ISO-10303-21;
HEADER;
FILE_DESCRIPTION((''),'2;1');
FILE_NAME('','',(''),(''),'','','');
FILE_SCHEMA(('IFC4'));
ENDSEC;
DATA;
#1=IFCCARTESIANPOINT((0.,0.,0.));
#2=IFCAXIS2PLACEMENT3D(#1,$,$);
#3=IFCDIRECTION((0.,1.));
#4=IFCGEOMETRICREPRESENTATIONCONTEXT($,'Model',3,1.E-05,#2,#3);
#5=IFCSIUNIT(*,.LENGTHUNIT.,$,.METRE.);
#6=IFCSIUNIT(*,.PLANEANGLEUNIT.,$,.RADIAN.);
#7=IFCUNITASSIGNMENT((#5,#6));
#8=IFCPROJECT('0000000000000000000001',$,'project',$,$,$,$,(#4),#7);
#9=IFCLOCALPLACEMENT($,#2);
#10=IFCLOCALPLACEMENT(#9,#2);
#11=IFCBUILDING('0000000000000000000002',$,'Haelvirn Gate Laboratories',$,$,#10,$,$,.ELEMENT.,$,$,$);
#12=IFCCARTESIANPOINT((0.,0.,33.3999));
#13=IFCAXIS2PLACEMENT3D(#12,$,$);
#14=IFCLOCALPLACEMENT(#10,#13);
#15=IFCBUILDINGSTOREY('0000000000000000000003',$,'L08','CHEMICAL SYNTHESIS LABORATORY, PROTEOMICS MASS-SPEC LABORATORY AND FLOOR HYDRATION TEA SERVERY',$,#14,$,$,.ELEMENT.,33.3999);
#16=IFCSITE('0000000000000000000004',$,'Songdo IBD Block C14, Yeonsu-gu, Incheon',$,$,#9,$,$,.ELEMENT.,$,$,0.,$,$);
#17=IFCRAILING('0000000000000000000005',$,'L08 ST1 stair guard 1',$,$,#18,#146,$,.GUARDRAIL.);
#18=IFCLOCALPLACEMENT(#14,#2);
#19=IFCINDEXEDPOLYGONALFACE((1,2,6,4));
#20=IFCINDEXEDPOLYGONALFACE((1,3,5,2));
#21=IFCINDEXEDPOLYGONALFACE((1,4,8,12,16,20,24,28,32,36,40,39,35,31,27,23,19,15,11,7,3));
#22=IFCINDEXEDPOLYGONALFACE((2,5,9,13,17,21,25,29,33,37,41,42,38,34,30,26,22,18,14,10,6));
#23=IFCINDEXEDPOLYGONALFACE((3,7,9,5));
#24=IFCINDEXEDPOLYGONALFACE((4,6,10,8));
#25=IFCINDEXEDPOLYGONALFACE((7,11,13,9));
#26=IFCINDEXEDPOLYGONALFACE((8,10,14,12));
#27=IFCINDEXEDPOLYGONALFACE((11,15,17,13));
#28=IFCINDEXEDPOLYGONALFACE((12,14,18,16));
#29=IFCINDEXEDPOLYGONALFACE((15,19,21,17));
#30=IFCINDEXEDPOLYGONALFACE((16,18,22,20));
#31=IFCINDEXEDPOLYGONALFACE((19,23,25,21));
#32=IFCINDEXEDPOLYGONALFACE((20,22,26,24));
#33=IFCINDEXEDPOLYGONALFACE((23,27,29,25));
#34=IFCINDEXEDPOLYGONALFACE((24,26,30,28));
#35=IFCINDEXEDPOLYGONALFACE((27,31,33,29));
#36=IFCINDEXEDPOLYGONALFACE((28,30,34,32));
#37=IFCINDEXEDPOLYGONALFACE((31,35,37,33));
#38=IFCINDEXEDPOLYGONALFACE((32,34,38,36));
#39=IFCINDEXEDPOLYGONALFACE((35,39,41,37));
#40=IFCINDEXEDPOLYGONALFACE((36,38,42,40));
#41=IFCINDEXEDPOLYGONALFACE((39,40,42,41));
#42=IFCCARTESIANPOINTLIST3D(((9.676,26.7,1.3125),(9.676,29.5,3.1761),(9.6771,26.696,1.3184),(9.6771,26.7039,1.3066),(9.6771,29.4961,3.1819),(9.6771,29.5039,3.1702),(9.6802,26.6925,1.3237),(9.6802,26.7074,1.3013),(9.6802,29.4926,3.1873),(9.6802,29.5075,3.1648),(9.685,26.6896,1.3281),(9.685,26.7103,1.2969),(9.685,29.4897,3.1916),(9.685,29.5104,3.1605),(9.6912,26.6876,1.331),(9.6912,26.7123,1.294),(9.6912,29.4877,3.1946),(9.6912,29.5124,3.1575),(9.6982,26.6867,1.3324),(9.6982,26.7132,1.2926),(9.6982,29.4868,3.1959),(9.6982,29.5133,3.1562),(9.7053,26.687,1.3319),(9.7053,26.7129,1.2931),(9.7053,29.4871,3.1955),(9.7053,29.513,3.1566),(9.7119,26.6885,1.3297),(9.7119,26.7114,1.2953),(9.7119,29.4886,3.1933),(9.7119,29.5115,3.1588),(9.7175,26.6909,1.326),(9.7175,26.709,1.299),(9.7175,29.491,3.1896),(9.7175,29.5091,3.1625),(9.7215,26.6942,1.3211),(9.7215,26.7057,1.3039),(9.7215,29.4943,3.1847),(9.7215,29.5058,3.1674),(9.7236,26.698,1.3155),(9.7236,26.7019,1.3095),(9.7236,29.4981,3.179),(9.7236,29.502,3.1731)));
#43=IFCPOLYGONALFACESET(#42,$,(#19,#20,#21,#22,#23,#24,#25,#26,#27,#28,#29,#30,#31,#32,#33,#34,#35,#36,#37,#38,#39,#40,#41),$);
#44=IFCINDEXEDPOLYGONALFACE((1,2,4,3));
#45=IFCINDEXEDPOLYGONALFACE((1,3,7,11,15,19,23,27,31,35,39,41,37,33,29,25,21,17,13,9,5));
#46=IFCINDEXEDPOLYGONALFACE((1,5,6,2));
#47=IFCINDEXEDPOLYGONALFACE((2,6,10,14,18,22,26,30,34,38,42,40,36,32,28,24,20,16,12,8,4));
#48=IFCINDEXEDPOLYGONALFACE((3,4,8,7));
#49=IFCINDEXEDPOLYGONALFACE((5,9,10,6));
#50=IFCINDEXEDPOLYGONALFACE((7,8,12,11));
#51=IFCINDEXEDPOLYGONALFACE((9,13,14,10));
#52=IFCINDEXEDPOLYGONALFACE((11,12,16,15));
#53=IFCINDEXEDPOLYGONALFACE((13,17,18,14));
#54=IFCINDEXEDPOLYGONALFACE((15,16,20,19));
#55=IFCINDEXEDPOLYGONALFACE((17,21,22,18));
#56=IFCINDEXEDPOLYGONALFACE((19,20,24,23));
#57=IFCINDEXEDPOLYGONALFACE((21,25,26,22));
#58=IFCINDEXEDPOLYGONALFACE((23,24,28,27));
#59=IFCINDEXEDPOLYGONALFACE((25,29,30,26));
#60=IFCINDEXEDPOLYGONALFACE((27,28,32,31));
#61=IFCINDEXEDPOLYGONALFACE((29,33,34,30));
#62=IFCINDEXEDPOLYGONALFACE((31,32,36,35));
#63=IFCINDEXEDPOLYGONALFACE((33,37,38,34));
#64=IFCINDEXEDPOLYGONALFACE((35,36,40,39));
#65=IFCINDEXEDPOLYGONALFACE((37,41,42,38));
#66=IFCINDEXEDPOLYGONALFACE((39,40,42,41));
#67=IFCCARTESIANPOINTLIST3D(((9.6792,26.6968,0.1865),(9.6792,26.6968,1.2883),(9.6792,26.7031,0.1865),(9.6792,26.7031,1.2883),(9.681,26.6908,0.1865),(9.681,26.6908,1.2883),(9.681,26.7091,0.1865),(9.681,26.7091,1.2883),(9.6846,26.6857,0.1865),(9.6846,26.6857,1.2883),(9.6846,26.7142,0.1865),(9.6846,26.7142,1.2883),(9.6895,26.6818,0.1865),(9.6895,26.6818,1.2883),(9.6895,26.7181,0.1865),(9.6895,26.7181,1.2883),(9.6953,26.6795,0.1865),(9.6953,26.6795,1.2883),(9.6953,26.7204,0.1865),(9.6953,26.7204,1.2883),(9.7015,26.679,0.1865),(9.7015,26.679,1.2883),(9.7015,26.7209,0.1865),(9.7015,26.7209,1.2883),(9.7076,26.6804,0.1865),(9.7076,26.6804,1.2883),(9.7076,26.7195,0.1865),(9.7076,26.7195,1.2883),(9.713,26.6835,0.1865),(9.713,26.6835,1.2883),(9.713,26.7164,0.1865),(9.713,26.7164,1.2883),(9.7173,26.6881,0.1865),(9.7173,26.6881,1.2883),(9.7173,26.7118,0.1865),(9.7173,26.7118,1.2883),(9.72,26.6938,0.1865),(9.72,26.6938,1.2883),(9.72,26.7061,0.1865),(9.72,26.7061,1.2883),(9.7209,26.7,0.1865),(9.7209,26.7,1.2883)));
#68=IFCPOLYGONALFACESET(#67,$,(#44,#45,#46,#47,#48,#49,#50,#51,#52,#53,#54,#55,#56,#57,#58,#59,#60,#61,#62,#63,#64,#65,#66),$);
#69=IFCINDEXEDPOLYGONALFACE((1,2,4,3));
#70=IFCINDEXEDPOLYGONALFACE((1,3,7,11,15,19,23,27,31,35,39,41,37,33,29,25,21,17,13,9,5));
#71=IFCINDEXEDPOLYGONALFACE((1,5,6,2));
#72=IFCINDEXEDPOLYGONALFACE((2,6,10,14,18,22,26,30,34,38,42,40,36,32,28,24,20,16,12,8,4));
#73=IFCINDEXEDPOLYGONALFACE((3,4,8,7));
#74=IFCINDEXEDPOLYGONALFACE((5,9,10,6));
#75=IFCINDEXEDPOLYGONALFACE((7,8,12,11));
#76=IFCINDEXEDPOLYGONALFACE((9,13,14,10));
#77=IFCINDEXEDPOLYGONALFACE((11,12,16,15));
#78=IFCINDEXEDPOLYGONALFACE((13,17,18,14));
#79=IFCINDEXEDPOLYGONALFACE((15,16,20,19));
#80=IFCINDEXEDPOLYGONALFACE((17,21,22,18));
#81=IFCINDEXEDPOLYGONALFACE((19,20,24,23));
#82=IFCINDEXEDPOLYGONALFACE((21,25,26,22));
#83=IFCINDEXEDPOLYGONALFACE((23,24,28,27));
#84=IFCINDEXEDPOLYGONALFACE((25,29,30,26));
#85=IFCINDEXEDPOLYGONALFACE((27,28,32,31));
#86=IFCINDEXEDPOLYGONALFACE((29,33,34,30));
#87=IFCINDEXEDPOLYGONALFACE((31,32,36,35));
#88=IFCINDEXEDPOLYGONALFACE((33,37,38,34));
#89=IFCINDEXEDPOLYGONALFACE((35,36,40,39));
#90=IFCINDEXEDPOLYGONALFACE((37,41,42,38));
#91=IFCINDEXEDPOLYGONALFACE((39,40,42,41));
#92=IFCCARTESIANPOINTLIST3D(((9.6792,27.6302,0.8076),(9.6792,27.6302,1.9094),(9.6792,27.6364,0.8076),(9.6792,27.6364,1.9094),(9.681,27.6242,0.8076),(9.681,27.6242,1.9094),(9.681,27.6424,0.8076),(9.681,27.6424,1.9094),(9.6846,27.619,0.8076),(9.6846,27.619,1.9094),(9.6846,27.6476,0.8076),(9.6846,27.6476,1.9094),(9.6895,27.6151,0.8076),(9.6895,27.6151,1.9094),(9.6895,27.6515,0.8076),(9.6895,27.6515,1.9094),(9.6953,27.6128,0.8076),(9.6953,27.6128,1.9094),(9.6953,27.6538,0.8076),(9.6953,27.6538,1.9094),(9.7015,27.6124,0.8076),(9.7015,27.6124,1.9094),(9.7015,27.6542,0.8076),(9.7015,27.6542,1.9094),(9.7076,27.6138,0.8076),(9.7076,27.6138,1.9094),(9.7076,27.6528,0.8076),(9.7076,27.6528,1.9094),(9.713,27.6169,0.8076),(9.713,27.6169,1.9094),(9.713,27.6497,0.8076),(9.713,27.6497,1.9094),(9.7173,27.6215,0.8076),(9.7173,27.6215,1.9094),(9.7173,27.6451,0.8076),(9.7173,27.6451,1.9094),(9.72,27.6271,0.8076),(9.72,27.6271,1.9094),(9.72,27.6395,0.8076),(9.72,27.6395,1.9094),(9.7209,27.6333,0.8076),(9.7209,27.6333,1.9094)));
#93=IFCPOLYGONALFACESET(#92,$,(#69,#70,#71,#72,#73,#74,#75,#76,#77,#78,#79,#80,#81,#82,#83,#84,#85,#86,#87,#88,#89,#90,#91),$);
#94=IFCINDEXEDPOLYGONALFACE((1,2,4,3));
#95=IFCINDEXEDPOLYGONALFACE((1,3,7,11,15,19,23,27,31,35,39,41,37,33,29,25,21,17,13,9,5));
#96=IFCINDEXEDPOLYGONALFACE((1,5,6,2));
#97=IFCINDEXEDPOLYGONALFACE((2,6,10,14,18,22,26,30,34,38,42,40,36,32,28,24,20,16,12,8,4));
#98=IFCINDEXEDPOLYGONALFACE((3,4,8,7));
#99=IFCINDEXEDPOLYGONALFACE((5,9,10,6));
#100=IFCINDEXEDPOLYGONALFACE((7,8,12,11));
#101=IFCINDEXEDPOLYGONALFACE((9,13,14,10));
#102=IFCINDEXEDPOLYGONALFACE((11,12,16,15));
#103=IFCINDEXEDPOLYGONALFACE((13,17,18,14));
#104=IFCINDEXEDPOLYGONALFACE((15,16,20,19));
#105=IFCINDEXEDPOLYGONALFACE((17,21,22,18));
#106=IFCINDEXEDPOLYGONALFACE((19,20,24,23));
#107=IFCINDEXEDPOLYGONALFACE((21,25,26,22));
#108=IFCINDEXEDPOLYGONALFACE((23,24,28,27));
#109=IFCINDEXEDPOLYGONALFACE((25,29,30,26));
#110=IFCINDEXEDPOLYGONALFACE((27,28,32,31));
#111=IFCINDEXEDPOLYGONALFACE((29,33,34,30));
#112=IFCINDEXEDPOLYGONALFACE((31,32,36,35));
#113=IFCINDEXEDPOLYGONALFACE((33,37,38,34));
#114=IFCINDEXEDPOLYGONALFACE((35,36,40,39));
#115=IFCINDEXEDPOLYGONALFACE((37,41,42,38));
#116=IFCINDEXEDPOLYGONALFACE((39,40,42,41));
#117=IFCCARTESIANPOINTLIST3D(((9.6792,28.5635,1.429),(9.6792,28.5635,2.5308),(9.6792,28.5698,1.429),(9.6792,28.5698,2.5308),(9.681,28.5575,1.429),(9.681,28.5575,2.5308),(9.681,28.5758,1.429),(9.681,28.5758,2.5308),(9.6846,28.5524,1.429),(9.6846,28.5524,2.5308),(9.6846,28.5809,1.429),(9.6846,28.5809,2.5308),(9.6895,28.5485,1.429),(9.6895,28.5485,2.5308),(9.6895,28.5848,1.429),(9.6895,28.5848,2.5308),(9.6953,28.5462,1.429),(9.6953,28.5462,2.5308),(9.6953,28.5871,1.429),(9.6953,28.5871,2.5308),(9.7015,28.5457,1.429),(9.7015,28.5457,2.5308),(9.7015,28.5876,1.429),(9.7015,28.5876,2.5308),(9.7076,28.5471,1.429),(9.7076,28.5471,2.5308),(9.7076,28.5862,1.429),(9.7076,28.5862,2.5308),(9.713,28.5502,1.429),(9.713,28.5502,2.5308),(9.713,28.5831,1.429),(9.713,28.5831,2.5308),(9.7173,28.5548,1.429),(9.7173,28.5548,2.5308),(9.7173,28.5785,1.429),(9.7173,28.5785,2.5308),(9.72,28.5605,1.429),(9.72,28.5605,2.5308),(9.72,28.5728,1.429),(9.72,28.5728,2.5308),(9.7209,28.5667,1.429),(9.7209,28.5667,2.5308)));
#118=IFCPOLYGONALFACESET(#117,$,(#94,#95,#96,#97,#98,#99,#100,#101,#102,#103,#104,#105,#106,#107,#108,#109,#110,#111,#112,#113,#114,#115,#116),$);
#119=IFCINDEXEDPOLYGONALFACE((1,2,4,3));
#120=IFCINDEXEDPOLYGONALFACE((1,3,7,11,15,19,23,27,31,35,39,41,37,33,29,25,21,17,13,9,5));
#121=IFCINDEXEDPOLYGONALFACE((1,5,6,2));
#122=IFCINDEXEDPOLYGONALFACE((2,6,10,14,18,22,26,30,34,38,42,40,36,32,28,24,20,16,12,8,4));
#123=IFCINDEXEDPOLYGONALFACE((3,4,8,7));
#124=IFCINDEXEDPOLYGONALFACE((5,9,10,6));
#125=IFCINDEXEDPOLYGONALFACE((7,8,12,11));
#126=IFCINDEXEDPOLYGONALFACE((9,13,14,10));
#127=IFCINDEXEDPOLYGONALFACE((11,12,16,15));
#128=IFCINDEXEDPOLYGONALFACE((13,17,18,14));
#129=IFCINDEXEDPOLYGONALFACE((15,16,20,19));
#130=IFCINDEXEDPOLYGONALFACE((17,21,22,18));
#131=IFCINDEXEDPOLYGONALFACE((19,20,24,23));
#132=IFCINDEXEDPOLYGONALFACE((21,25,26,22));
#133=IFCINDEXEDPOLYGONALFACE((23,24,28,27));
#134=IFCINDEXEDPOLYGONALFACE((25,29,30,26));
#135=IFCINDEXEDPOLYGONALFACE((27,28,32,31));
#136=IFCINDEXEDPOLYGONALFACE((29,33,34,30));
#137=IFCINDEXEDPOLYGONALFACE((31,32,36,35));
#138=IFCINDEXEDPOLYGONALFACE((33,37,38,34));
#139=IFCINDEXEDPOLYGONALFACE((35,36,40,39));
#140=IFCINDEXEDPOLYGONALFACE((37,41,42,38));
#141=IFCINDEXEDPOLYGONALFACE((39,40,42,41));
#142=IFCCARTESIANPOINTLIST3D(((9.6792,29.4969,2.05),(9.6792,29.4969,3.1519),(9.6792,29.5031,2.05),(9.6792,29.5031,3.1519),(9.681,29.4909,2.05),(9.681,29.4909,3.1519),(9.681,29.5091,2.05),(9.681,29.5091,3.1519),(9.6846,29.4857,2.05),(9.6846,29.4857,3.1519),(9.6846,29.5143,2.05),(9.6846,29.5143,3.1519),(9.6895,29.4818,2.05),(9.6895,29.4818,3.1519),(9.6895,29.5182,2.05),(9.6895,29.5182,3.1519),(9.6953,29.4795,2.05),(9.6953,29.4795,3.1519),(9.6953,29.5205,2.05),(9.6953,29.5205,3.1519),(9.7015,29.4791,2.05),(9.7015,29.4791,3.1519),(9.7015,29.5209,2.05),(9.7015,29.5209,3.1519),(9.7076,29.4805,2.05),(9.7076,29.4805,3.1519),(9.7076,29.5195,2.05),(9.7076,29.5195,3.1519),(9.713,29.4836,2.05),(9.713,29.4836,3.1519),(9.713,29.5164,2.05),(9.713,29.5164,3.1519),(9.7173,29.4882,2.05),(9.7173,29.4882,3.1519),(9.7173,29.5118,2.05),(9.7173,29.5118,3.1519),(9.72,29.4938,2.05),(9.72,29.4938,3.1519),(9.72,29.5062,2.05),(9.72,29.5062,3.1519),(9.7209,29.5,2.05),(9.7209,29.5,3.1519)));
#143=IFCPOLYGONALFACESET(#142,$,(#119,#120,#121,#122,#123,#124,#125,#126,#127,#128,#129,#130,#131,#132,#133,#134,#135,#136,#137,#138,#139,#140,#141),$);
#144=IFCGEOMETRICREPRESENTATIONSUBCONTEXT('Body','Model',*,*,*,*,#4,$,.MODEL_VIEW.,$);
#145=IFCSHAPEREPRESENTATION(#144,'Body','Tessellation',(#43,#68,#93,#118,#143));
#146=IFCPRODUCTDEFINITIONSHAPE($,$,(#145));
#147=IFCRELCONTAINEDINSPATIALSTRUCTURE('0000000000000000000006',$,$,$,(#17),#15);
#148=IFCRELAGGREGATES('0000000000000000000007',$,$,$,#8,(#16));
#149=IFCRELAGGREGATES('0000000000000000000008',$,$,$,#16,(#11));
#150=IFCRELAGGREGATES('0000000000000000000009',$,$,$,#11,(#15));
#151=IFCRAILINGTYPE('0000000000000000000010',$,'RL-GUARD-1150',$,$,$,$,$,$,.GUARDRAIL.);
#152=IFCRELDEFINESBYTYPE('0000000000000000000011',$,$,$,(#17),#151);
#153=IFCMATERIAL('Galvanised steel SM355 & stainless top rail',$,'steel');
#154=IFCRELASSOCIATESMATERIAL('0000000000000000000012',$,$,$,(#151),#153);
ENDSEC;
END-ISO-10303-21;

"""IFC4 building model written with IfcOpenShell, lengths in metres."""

from ifc_helpers import new_model, si_unit, direction, frame, origin, origin_2d, place, context, subcontext, project, spatial, circle, extrude, source, transform, mapped, material, type_object, element, save


model = new_model("IFC4")

# Units and contexts
model_context = context("Model", 3, precision=1e-05, world=origin(), true_north=direction((0.0, 1.0)))
body_context = subcontext(model_context, "Body", "Model", "MODEL_VIEW")
ifc_project = project(units=[si_unit("LENGTHUNIT", "METRE"), si_unit("PLANEANGLEUNIT", "RADIAN")], contexts=[model_context])

# Site, building, storey
site_placement = place(None, origin())
site = spatial("IfcSite", under=ifc_project, at=site_placement, Name="Songdo IBD Block C14, Yeonsu-gu, Incheon", CompositionType="ELEMENT", RefElevation=0.0)
building_placement = place(site_placement, origin())
building = spatial("IfcBuilding", under=site, at=building_placement, Name="Haelvirn Gate Laboratories", CompositionType="ELEMENT")
storey_placement = place(building_placement, frame((0.0, 0.0, 33.3999)))
storey = spatial("IfcBuildingStorey", under=building, at=storey_placement, Name="L08", Description="CHEMICAL SYNTHESIS LABORATORY, PROTEOMICS MASS-SPEC LABORATORY AND FLOOR HYDRATION TEA SERVERY", CompositionType="ELEMENT", Elevation=33.3999)

# Railing
ifc_material_1 = material(Name="Galvanised steel SM355 & stainless top rail", Category="steel")
railing_type_1 = type_object("IfcRailingType", Name="RL-GUARD-1150", PredefinedType="GUARDRAIL", material=ifc_material_1)
shared_shape_1 = source(origin(), body_context, "Body", "SweptSolid", [
    extrude(circle(Radius=0.0239, at=origin_2d()), frame((0.0, 0.0, 1.126), z_axis=(0.0, 0.832486, 0.554047), x_axis=(-1.0, 0.0, 0.0)), (0.0, 0.0, 1.0), 3.3635),
    extrude(circle(Radius=0.021, at=origin_2d()), origin(), (0.0, 0.0, 1.0), 1.1018),
    extrude(circle(Radius=0.021, at=origin_2d()), frame((0.0, 0.9333, 0.6211)), (0.0, 0.0, 1.0), 1.1018),
    extrude(circle(Radius=0.021, at=origin_2d()), frame((0.0, 1.8667, 1.2424)), (0.0, 0.0, 1.0), 1.1018),
    extrude(circle(Radius=0.021, at=origin_2d()), frame((0.0, 2.8, 1.8635)), (0.0, 0.0, 1.0), 1.1018),
])
railing_1_placement = place(storey_placement, frame((9.7, 26.7, 0.1865)))
element("IfcRailing", 1, at=railing_1_placement, inside=storey, type_object=railing_type_1, Name="L08 ST1 stair guard 1", PredefinedType="GUARDRAIL", context=body_context, shape_type="MappedRepresentation", body=[
    mapped(shared_shape_1, transform((0.0, 0.0, 0.0), scale=1.0)),
])

save(model, "model.ifc")
